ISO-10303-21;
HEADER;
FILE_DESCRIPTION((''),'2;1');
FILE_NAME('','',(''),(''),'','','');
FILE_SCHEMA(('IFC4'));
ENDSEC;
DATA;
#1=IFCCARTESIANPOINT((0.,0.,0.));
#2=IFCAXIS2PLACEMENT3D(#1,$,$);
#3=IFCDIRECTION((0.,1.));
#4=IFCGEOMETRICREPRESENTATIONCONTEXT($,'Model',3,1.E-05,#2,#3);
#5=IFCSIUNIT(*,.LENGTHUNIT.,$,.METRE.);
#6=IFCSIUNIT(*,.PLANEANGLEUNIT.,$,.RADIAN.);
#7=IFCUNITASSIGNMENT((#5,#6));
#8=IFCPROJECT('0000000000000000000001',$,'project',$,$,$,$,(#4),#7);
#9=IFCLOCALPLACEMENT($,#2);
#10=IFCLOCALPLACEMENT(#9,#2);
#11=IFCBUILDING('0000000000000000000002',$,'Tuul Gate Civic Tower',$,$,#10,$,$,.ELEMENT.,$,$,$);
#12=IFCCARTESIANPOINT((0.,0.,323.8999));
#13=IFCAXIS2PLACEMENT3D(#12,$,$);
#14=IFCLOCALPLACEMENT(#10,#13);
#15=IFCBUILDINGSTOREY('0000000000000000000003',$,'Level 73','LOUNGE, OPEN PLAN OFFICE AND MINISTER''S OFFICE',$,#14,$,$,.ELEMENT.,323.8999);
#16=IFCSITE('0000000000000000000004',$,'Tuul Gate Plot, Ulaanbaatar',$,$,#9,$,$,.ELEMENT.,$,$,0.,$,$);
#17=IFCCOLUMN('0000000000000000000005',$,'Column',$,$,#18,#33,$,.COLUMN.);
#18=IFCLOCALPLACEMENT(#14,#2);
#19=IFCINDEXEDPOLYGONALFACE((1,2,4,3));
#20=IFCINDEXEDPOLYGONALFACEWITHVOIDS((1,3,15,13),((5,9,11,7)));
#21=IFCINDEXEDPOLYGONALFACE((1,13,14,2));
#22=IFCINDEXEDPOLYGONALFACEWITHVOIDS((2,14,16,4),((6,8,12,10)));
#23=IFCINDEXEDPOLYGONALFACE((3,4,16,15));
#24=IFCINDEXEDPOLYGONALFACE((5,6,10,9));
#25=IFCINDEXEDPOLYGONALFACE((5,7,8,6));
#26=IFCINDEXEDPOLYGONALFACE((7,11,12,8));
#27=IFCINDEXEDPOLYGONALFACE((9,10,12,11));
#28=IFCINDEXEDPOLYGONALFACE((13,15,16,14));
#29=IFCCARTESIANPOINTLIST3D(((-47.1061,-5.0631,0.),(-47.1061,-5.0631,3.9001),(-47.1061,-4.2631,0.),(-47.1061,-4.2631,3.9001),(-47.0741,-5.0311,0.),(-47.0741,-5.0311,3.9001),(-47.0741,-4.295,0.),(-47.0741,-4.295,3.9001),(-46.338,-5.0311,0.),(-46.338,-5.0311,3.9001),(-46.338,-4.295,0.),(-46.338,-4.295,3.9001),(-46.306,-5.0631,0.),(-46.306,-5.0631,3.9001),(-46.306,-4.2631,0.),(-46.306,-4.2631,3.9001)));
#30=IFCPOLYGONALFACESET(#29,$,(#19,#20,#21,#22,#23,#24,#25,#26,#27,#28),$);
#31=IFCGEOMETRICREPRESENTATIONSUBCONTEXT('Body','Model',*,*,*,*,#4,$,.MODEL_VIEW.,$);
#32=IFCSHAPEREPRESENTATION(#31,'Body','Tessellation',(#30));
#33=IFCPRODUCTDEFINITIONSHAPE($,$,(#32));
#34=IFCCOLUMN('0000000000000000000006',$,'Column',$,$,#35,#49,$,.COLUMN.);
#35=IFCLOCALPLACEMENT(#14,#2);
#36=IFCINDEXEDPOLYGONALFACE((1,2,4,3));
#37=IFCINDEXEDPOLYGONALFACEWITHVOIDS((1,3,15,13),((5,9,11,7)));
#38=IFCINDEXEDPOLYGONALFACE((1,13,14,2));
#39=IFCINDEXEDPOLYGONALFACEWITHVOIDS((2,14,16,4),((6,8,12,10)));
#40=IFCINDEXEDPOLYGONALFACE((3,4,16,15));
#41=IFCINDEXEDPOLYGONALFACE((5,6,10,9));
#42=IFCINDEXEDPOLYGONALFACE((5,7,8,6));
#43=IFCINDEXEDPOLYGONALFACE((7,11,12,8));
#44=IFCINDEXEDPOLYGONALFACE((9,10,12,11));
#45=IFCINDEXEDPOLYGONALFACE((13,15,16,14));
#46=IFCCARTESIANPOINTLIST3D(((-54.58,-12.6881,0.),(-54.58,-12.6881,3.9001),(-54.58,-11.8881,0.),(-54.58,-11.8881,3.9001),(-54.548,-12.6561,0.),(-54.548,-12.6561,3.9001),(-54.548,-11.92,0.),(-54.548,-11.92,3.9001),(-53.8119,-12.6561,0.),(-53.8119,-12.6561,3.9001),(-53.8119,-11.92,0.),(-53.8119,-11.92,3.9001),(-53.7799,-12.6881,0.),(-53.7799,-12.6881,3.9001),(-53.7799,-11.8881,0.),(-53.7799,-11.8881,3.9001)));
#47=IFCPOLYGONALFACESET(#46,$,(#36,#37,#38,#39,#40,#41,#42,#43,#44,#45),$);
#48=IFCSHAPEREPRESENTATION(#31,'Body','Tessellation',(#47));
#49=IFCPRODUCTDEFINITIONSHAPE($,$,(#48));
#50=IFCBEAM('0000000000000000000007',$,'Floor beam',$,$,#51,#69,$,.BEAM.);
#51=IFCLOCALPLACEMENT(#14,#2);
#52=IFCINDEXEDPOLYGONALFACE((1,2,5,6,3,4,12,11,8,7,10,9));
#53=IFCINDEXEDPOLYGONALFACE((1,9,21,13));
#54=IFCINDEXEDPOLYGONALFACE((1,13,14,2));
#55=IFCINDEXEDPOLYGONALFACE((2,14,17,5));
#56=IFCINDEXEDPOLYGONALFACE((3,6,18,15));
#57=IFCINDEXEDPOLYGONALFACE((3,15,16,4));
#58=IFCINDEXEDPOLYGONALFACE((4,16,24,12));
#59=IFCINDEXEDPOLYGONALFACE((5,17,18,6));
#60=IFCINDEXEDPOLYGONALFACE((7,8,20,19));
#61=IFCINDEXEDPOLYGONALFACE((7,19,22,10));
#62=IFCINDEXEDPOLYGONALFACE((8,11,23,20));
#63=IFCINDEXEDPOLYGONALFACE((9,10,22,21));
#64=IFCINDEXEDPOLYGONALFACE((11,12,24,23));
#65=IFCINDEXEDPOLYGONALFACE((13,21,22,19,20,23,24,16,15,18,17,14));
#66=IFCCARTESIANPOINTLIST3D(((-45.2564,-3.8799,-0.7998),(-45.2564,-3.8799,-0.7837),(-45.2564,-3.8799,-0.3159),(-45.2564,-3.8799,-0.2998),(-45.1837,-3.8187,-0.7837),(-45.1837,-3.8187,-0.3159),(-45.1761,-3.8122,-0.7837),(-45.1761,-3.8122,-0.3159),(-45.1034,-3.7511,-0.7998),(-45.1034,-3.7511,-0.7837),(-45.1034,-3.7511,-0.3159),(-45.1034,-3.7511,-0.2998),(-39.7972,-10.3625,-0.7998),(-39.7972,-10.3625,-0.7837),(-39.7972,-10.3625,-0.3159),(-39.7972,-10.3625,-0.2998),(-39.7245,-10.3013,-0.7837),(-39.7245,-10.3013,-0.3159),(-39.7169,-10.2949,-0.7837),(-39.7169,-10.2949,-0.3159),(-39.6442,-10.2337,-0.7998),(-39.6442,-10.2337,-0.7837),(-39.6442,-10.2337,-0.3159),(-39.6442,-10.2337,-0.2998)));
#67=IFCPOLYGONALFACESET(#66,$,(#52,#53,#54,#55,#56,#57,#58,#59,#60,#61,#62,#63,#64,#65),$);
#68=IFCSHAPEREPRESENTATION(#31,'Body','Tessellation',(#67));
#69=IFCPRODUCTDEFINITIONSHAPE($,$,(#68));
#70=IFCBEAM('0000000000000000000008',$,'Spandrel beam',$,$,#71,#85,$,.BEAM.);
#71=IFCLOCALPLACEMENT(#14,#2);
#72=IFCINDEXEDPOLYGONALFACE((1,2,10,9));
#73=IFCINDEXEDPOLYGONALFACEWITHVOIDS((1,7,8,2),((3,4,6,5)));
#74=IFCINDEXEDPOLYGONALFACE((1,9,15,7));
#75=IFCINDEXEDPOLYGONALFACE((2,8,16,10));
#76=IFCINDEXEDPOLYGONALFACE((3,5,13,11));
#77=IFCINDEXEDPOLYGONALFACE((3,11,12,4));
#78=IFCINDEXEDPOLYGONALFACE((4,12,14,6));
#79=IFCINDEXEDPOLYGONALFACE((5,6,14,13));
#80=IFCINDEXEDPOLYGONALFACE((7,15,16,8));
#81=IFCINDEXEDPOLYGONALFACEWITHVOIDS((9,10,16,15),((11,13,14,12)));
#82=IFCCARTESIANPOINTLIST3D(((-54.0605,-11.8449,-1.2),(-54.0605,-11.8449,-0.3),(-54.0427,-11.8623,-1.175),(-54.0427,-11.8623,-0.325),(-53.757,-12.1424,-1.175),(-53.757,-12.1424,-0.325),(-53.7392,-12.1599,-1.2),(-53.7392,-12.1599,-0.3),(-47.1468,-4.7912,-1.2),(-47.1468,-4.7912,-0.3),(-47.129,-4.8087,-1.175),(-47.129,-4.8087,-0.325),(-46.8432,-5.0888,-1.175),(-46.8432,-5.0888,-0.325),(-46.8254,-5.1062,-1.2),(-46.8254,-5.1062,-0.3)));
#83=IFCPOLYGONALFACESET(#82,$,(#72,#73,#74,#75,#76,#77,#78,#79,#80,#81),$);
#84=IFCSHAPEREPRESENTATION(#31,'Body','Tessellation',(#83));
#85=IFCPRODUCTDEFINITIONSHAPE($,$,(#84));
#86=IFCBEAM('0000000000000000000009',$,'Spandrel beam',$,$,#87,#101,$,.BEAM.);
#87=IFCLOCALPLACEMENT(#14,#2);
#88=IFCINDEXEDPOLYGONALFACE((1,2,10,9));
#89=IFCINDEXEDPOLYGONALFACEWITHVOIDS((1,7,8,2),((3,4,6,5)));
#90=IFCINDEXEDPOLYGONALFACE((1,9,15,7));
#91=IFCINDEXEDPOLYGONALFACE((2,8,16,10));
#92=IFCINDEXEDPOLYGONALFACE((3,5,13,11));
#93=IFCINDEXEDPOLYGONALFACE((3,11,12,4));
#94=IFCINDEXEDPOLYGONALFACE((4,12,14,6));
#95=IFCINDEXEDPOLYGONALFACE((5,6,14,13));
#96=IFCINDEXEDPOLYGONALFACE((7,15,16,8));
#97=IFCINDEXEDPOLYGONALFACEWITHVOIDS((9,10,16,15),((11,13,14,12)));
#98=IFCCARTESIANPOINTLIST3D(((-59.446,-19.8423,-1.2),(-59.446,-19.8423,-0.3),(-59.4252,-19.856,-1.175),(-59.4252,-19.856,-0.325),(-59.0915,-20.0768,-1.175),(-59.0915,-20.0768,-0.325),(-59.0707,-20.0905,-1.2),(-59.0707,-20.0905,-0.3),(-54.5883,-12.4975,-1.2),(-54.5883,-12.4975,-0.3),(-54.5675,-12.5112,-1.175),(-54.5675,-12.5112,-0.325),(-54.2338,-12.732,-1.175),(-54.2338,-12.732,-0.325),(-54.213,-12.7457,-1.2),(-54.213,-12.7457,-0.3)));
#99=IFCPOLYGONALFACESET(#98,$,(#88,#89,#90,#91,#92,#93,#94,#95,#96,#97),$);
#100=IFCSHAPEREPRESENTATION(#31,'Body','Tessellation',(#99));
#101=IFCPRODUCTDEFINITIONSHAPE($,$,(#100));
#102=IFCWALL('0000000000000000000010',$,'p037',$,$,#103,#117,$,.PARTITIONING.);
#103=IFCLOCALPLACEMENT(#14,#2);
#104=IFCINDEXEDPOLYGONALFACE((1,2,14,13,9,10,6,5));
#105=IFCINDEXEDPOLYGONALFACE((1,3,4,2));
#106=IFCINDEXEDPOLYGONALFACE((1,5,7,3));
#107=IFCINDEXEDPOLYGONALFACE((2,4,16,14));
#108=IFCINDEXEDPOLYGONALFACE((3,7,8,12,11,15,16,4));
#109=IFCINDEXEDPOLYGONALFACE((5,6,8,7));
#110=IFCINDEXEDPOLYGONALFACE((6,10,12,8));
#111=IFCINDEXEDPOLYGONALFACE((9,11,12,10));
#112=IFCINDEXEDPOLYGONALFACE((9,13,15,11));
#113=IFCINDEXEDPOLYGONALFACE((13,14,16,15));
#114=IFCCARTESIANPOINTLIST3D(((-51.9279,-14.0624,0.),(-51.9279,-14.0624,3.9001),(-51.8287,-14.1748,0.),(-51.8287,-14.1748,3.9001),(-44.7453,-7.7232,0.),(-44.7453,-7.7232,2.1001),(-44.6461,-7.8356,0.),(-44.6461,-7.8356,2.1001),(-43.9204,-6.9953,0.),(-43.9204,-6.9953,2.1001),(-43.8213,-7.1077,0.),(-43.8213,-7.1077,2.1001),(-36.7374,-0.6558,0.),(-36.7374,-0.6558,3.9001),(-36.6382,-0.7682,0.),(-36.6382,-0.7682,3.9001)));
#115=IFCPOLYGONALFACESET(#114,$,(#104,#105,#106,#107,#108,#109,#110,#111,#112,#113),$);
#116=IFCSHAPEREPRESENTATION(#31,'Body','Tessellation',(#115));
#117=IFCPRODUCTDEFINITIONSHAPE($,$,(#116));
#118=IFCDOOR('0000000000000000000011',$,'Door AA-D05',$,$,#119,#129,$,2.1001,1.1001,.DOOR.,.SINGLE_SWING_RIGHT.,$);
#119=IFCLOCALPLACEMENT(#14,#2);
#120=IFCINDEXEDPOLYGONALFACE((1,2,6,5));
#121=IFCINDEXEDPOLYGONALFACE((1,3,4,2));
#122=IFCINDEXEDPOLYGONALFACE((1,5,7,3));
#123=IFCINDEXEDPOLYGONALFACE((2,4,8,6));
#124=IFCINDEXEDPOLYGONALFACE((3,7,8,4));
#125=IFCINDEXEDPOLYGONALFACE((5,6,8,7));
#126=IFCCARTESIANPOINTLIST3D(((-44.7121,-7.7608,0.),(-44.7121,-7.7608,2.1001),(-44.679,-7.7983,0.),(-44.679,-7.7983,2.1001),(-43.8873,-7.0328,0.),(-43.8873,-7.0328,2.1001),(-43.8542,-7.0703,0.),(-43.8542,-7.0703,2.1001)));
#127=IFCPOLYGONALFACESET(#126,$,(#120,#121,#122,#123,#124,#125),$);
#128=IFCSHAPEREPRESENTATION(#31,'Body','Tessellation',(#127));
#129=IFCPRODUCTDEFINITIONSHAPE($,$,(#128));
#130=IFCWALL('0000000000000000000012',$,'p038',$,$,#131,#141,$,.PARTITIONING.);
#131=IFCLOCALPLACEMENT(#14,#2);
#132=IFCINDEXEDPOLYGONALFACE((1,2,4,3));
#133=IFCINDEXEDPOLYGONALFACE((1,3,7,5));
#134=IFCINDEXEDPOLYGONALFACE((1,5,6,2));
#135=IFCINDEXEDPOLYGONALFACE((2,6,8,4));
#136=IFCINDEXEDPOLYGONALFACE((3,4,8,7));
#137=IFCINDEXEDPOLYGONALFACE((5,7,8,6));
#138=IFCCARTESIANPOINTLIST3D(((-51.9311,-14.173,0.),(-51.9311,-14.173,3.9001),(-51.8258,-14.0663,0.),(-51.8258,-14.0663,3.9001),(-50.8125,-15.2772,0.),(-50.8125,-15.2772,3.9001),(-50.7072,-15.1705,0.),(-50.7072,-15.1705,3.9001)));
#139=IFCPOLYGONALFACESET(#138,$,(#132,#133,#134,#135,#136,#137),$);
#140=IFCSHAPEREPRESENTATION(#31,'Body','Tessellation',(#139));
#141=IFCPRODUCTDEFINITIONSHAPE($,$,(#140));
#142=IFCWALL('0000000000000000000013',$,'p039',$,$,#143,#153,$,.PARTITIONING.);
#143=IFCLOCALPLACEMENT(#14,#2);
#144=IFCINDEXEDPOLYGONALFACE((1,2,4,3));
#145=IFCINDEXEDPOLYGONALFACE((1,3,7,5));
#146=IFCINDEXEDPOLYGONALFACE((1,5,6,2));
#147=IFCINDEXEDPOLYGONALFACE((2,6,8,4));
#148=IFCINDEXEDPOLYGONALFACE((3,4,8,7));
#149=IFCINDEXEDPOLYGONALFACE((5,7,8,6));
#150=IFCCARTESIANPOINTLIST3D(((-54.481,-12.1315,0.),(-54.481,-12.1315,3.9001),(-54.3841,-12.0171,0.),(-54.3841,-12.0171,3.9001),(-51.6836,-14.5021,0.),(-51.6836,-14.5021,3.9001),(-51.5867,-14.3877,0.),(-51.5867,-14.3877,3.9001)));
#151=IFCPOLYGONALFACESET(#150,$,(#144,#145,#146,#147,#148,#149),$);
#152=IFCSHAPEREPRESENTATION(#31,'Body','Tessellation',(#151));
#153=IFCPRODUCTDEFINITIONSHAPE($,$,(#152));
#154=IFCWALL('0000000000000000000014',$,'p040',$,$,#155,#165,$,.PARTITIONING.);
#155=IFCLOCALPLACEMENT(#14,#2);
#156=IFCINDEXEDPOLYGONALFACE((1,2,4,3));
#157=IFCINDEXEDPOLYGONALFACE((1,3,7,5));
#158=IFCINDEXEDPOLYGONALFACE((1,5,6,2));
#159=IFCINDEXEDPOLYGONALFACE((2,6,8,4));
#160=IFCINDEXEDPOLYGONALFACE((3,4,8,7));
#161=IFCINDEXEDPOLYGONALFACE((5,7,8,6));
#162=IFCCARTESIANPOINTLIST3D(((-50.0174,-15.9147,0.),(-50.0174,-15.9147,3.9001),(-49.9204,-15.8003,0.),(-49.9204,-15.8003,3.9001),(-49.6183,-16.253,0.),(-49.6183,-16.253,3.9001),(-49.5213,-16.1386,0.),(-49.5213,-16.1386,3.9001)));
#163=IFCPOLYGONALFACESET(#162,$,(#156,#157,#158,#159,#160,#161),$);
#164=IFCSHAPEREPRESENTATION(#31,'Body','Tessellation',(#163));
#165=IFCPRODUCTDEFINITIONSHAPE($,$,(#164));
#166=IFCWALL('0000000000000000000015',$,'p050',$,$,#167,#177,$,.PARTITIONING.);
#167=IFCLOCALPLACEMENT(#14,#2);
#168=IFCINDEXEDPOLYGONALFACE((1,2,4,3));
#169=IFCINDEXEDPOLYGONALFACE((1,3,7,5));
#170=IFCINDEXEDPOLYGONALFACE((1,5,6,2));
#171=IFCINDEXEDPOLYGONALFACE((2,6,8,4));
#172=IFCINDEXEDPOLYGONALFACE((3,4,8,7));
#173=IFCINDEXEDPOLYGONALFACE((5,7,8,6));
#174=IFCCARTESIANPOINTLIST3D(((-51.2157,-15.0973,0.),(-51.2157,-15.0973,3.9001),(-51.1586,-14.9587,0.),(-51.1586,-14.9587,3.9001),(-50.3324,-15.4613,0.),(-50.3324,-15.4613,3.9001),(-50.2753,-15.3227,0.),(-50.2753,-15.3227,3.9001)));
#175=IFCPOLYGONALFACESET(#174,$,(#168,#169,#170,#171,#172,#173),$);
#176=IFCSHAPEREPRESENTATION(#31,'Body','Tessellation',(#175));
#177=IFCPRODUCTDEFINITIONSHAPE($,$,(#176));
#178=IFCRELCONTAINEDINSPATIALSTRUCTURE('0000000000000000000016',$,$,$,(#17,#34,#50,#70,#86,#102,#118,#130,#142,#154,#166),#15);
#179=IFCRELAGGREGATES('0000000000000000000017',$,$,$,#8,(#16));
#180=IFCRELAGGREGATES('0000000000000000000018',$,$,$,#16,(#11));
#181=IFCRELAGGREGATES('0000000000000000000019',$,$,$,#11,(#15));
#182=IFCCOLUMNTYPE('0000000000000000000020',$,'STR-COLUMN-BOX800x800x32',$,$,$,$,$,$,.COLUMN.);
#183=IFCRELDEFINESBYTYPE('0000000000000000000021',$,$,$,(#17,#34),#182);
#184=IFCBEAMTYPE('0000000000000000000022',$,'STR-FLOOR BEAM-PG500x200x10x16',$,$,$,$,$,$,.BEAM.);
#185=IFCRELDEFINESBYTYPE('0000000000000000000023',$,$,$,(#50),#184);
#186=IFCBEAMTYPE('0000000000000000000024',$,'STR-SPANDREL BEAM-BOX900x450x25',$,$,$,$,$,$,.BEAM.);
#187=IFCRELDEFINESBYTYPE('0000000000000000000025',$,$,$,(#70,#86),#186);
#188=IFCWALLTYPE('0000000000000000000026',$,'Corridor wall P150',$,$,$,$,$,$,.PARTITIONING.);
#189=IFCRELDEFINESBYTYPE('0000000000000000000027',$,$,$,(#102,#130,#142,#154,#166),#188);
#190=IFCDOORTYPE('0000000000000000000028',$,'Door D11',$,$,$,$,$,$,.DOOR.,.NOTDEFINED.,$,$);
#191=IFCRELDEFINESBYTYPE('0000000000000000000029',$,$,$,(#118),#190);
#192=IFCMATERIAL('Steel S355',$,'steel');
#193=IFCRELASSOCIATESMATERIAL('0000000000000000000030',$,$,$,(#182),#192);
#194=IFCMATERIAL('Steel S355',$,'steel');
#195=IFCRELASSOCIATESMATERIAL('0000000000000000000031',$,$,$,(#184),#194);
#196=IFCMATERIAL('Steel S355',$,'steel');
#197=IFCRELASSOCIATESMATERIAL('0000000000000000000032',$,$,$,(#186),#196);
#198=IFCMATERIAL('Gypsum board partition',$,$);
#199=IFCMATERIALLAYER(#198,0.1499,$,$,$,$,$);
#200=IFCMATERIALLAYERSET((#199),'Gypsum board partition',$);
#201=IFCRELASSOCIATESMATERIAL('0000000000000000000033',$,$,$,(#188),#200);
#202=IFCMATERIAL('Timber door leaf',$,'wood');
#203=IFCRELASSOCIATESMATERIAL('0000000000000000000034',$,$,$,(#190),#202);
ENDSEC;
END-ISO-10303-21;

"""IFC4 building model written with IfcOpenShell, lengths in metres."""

from ifc_helpers import new_model, si_unit, direction, frame, frame_2d, origin, origin_2d, place, context, subcontext, project, spatial, rectangle, hollow_rectangle, i_section, extrude, material, layer, layer_set, material_profile, profile_set, type_object, element, fill, save


model = new_model("IFC4")

# Units and contexts
model_context = context("Model", 3, precision=1e-05, world=origin(), true_north=direction((0.0, 1.0)))
body_context = subcontext(model_context, "Body", "Model", "MODEL_VIEW")
ifc_project = project(units=[si_unit("LENGTHUNIT", "METRE"), si_unit("PLANEANGLEUNIT", "RADIAN")], contexts=[model_context])

# Site, building, storey
site_placement = place(None, origin())
site = spatial("IfcSite", under=ifc_project, at=site_placement, Name="Tuul Gate Plot, Ulaanbaatar", CompositionType="ELEMENT", RefElevation=0.0)
building_placement = place(site_placement, origin())
building = spatial("IfcBuilding", under=site, at=building_placement, Name="Tuul Gate Civic Tower", CompositionType="ELEMENT")
storey_placement = place(building_placement, frame((0.0, 0.0, 323.8999)))
storey = spatial("IfcBuildingStorey", under=building, at=storey_placement, Name="Level 73", Description="LOUNGE, OPEN PLAN OFFICE AND MINISTER'S OFFICE", CompositionType="ELEMENT", Elevation=323.8999)

# Columns
ifc_material_1 = material(Name="Steel S355", Category="steel")
ifc_material_profile_1 = material_profile(ifc_material_1, hollow_rectangle(XDim=0.8, YDim=0.8, WallThickness=0.032, at=origin_2d()), Name="BOX800x800x32")
ifc_profile_set_1 = profile_set([ifc_material_profile_1], Name="Steel S355")
column_type = type_object("IfcColumnType", Name="STR-COLUMN-BOX800x800x32", PredefinedType="COLUMN", material=ifc_profile_set_1)
for number, where, z_axis, x_axis, name in (
    (1, (-46.7061, -4.6631, 0.0), (0.0, 0.0, 1.0), (1.0, 0.0, 0.0), "Column"),
    (2, (-54.1799, -12.2881, 0.0), (0.0, 0.0, 1.0), (1.0, 0.0, 0.0), "Column"),
):
    element("IfcColumn", number, at=place(storey_placement, frame(where, z_axis=z_axis, x_axis=x_axis)), inside=storey, type_object=column_type, Name=name, PredefinedType="COLUMN", context=body_context, shape_type="SweptSolid", body=[
        extrude(hollow_rectangle(XDim=0.8, YDim=0.8, WallThickness=0.032, at=origin_2d()), origin(), (0.0, 0.0, 1.0), 3.9001),
    ])

# Beams
ifc_material_2 = material(Name="Steel S355", Category="steel")
ifc_material_profile_2 = material_profile(ifc_material_2, i_section(OverallWidth=0.2, OverallDepth=0.5, WebThickness=0.01, FlangeThickness=0.0161, at=origin_2d()), Name="PG500x200x10x16")
ifc_profile_set_2 = profile_set([ifc_material_profile_2], Name="Steel S355")
beam_type_1 = type_object("IfcBeamType", Name="STR-FLOOR BEAM-PG500x200x10x16", PredefinedType="BEAM", material=ifc_profile_set_2)
beam_1_placement = place(storey_placement, frame((-39.7207, -10.2981, -0.5498), z_axis=(-0.644146, 0.764903, 0.0), x_axis=(-0.764903, -0.644146, 0.0)))
element("IfcBeam", 3, at=beam_1_placement, inside=storey, type_object=beam_type_1, Name="Floor beam", PredefinedType="BEAM", context=body_context, shape_type="SweptSolid", body=[
    extrude(i_section(OverallWidth=0.2, OverallDepth=0.5, WebThickness=0.01, FlangeThickness=0.0161, at=origin_2d()), origin(), (0.0, 0.0, 1.0), 8.4751),
])
ifc_material_3 = material(Name="Steel S355", Category="steel")
ifc_material_profile_3 = material_profile(ifc_material_3, hollow_rectangle(XDim=0.45, YDim=0.8999, WallThickness=0.0249, at=origin_2d()), Name="BOX900x450x25")
ifc_profile_set_3 = profile_set([ifc_material_profile_3], Name="Steel S355")
beam_type_2 = type_object("IfcBeamType", Name="STR-SPANDREL BEAM-BOX900x450x25", PredefinedType="BEAM", material=ifc_profile_set_3)
beam_2_placement = place(storey_placement, frame((-46.9861, -4.9487, -0.75), z_axis=(-0.69999, -0.714153, 0.0), x_axis=(0.714153, -0.69999, 0.0)))
element("IfcBeam", 4, at=beam_2_placement, inside=storey, type_object=beam_type_2, Name="Spandrel beam", PredefinedType="BEAM", context=body_context, shape_type="SweptSolid", body=[
    extrude(hollow_rectangle(XDim=0.45, YDim=0.8999, WallThickness=0.0249, at=origin_2d()), origin(), (0.0, 0.0, 1.0), 9.877),
])
beam_3_placement = place(storey_placement, frame((-54.4006, -12.6216, -0.75), z_axis=(-0.551645, -0.834079, 0.0), x_axis=(0.834079, -0.551645, 0.0)))
element("IfcBeam", 5, at=beam_3_placement, inside=storey, type_object=beam_type_2, Name="Spandrel beam", PredefinedType="BEAM", context=body_context, shape_type="SweptSolid", body=[
    extrude(hollow_rectangle(XDim=0.45, YDim=0.8999, WallThickness=0.0249, at=origin_2d()), origin(), (0.0, 0.0, 1.0), 8.8059),
])

# Wall, opening, door
ifc_material_4 = material(Name="Gypsum board partition")
ifc_layer_1 = layer(ifc_material_4, 0.1499)
ifc_layer_set_1 = layer_set([ifc_layer_1], Name="Gypsum board partition")
wall_type_1 = type_object("IfcWallType", Name="Corridor wall P150", PredefinedType="PARTITIONING", material=ifc_layer_set_1)
wall_1_placement = place(storey_placement, frame((-51.8784, -14.1187, 0.0), z_axis=(0.0, 0.0, 1.0), x_axis=(0.74976, 0.66171, 0.0)))
wall_1 = element("IfcWall", 6, at=wall_1_placement, inside=storey, type_object=wall_type_1, Name="p037", PredefinedType="PARTITIONING", context=body_context, shape_type="SweptSolid", body=[
    extrude(rectangle(XDim=20.2605, YDim=0.1499, at=frame_2d((10.1304, 0.0))), origin(), (0.0, 0.0, 1.0), 3.9001),
])
opening_1_placement = place(wall_1_placement, frame((9.5801, 0.0, 0.0)))
opening_1 = element("IfcOpeningElement", 7, at=opening_1_placement, cuts=wall_1, PredefinedType="OPENING", context=body_context, shape_type="SweptSolid", body=[
    extrude(rectangle(XDim=1.1001, YDim=2.1001, at=frame_2d((0.55, 1.05))), frame((0.0, 0.085, 0.0), z_axis=(0.0, -1.0, 0.0), x_axis=(1.0, 0.0, 0.0)), (0.0, 0.0, 1.0), 0.1699),
])
ifc_material_5 = material(Name="Timber door leaf", Category="wood")
door_type_1 = type_object("IfcDoorType", Name="Door D11", OperationType="NOTDEFINED", PredefinedType="DOOR", material=ifc_material_5)
door_1_placement = place(opening_1_placement, origin())
door_1 = element("IfcDoor", 8, at=door_1_placement, inside=storey, type_object=door_type_1, Name="Door AA-D05", OperationType="SINGLE_SWING_RIGHT", OverallHeight=2.1001, OverallWidth=1.1001, PredefinedType="DOOR", context=body_context, shape_type="SweptSolid", body=[
    extrude(rectangle(XDim=1.1001, YDim=2.1001, at=frame_2d((0.55, 1.05))), frame((0.0, 0.0249, 0.0), z_axis=(0.0, -1.0, 0.0), x_axis=(1.0, 0.0, 0.0)), (0.0, 0.0, 1.0), 0.05),
])
fill(opening_1, door_1)

# Walls
wall_2_placement = place(storey_placement, frame((-51.8784, -14.1196, 0.0), z_axis=(0.0, 0.0, 1.0), x_axis=(0.711674, -0.70251, 0.0)))
element("IfcWall", 9, at=wall_2_placement, inside=storey, type_object=wall_type_1, Name="p038", PredefinedType="PARTITIONING", context=body_context, shape_type="SweptSolid", body=[
    extrude(rectangle(XDim=1.5718, YDim=0.1499, at=frame_2d((0.7859, 0.0))), origin(), (0.0, 0.0, 1.0), 3.9001),
])
wall_3_placement = place(storey_placement, frame((-54.4326, -12.0742, 0.0), z_axis=(0.0, 0.0, 1.0), x_axis=(0.762901, -0.646515, 0.0)))
element("IfcWall", 10, at=wall_3_placement, inside=storey, type_object=wall_type_1, Name="p039", PredefinedType="PARTITIONING", context=body_context, shape_type="SweptSolid", body=[
    extrude(rectangle(XDim=3.6667, YDim=0.1499, at=frame_2d((1.8335, 0.0))), origin(), (0.0, 0.0, 1.0), 3.9001),
])
wall_4_placement = place(storey_placement, frame((-49.969, -15.8574, 0.0), z_axis=(0.0, 0.0, 1.0), x_axis=(0.762802, -0.646632, 0.0)))
element("IfcWall", 11, at=wall_4_placement, inside=storey, type_object=wall_type_1, Name="p040", PredefinedType="PARTITIONING", context=body_context, shape_type="SweptSolid", body=[
    extrude(rectangle(XDim=0.5232, YDim=0.1499, at=frame_2d((0.2617, 0.0))), origin(), (0.0, 0.0, 1.0), 3.9001),
])
wall_5_placement = place(storey_placement, frame((-51.187, -15.0281, 0.0), z_axis=(0.0, 0.0, 1.0), x_axis=(0.924567, -0.38102, 0.0)))
element("IfcWall", 12, at=wall_5_placement, inside=storey, type_object=wall_type_1, Name="p050", PredefinedType="PARTITIONING", context=body_context, shape_type="SweptSolid", body=[
    extrude(rectangle(XDim=0.9553, YDim=0.1499, at=frame_2d((0.4775, 0.0))), origin(), (0.0, 0.0, 1.0), 3.9001),
])

save(model, "model.ifc")
